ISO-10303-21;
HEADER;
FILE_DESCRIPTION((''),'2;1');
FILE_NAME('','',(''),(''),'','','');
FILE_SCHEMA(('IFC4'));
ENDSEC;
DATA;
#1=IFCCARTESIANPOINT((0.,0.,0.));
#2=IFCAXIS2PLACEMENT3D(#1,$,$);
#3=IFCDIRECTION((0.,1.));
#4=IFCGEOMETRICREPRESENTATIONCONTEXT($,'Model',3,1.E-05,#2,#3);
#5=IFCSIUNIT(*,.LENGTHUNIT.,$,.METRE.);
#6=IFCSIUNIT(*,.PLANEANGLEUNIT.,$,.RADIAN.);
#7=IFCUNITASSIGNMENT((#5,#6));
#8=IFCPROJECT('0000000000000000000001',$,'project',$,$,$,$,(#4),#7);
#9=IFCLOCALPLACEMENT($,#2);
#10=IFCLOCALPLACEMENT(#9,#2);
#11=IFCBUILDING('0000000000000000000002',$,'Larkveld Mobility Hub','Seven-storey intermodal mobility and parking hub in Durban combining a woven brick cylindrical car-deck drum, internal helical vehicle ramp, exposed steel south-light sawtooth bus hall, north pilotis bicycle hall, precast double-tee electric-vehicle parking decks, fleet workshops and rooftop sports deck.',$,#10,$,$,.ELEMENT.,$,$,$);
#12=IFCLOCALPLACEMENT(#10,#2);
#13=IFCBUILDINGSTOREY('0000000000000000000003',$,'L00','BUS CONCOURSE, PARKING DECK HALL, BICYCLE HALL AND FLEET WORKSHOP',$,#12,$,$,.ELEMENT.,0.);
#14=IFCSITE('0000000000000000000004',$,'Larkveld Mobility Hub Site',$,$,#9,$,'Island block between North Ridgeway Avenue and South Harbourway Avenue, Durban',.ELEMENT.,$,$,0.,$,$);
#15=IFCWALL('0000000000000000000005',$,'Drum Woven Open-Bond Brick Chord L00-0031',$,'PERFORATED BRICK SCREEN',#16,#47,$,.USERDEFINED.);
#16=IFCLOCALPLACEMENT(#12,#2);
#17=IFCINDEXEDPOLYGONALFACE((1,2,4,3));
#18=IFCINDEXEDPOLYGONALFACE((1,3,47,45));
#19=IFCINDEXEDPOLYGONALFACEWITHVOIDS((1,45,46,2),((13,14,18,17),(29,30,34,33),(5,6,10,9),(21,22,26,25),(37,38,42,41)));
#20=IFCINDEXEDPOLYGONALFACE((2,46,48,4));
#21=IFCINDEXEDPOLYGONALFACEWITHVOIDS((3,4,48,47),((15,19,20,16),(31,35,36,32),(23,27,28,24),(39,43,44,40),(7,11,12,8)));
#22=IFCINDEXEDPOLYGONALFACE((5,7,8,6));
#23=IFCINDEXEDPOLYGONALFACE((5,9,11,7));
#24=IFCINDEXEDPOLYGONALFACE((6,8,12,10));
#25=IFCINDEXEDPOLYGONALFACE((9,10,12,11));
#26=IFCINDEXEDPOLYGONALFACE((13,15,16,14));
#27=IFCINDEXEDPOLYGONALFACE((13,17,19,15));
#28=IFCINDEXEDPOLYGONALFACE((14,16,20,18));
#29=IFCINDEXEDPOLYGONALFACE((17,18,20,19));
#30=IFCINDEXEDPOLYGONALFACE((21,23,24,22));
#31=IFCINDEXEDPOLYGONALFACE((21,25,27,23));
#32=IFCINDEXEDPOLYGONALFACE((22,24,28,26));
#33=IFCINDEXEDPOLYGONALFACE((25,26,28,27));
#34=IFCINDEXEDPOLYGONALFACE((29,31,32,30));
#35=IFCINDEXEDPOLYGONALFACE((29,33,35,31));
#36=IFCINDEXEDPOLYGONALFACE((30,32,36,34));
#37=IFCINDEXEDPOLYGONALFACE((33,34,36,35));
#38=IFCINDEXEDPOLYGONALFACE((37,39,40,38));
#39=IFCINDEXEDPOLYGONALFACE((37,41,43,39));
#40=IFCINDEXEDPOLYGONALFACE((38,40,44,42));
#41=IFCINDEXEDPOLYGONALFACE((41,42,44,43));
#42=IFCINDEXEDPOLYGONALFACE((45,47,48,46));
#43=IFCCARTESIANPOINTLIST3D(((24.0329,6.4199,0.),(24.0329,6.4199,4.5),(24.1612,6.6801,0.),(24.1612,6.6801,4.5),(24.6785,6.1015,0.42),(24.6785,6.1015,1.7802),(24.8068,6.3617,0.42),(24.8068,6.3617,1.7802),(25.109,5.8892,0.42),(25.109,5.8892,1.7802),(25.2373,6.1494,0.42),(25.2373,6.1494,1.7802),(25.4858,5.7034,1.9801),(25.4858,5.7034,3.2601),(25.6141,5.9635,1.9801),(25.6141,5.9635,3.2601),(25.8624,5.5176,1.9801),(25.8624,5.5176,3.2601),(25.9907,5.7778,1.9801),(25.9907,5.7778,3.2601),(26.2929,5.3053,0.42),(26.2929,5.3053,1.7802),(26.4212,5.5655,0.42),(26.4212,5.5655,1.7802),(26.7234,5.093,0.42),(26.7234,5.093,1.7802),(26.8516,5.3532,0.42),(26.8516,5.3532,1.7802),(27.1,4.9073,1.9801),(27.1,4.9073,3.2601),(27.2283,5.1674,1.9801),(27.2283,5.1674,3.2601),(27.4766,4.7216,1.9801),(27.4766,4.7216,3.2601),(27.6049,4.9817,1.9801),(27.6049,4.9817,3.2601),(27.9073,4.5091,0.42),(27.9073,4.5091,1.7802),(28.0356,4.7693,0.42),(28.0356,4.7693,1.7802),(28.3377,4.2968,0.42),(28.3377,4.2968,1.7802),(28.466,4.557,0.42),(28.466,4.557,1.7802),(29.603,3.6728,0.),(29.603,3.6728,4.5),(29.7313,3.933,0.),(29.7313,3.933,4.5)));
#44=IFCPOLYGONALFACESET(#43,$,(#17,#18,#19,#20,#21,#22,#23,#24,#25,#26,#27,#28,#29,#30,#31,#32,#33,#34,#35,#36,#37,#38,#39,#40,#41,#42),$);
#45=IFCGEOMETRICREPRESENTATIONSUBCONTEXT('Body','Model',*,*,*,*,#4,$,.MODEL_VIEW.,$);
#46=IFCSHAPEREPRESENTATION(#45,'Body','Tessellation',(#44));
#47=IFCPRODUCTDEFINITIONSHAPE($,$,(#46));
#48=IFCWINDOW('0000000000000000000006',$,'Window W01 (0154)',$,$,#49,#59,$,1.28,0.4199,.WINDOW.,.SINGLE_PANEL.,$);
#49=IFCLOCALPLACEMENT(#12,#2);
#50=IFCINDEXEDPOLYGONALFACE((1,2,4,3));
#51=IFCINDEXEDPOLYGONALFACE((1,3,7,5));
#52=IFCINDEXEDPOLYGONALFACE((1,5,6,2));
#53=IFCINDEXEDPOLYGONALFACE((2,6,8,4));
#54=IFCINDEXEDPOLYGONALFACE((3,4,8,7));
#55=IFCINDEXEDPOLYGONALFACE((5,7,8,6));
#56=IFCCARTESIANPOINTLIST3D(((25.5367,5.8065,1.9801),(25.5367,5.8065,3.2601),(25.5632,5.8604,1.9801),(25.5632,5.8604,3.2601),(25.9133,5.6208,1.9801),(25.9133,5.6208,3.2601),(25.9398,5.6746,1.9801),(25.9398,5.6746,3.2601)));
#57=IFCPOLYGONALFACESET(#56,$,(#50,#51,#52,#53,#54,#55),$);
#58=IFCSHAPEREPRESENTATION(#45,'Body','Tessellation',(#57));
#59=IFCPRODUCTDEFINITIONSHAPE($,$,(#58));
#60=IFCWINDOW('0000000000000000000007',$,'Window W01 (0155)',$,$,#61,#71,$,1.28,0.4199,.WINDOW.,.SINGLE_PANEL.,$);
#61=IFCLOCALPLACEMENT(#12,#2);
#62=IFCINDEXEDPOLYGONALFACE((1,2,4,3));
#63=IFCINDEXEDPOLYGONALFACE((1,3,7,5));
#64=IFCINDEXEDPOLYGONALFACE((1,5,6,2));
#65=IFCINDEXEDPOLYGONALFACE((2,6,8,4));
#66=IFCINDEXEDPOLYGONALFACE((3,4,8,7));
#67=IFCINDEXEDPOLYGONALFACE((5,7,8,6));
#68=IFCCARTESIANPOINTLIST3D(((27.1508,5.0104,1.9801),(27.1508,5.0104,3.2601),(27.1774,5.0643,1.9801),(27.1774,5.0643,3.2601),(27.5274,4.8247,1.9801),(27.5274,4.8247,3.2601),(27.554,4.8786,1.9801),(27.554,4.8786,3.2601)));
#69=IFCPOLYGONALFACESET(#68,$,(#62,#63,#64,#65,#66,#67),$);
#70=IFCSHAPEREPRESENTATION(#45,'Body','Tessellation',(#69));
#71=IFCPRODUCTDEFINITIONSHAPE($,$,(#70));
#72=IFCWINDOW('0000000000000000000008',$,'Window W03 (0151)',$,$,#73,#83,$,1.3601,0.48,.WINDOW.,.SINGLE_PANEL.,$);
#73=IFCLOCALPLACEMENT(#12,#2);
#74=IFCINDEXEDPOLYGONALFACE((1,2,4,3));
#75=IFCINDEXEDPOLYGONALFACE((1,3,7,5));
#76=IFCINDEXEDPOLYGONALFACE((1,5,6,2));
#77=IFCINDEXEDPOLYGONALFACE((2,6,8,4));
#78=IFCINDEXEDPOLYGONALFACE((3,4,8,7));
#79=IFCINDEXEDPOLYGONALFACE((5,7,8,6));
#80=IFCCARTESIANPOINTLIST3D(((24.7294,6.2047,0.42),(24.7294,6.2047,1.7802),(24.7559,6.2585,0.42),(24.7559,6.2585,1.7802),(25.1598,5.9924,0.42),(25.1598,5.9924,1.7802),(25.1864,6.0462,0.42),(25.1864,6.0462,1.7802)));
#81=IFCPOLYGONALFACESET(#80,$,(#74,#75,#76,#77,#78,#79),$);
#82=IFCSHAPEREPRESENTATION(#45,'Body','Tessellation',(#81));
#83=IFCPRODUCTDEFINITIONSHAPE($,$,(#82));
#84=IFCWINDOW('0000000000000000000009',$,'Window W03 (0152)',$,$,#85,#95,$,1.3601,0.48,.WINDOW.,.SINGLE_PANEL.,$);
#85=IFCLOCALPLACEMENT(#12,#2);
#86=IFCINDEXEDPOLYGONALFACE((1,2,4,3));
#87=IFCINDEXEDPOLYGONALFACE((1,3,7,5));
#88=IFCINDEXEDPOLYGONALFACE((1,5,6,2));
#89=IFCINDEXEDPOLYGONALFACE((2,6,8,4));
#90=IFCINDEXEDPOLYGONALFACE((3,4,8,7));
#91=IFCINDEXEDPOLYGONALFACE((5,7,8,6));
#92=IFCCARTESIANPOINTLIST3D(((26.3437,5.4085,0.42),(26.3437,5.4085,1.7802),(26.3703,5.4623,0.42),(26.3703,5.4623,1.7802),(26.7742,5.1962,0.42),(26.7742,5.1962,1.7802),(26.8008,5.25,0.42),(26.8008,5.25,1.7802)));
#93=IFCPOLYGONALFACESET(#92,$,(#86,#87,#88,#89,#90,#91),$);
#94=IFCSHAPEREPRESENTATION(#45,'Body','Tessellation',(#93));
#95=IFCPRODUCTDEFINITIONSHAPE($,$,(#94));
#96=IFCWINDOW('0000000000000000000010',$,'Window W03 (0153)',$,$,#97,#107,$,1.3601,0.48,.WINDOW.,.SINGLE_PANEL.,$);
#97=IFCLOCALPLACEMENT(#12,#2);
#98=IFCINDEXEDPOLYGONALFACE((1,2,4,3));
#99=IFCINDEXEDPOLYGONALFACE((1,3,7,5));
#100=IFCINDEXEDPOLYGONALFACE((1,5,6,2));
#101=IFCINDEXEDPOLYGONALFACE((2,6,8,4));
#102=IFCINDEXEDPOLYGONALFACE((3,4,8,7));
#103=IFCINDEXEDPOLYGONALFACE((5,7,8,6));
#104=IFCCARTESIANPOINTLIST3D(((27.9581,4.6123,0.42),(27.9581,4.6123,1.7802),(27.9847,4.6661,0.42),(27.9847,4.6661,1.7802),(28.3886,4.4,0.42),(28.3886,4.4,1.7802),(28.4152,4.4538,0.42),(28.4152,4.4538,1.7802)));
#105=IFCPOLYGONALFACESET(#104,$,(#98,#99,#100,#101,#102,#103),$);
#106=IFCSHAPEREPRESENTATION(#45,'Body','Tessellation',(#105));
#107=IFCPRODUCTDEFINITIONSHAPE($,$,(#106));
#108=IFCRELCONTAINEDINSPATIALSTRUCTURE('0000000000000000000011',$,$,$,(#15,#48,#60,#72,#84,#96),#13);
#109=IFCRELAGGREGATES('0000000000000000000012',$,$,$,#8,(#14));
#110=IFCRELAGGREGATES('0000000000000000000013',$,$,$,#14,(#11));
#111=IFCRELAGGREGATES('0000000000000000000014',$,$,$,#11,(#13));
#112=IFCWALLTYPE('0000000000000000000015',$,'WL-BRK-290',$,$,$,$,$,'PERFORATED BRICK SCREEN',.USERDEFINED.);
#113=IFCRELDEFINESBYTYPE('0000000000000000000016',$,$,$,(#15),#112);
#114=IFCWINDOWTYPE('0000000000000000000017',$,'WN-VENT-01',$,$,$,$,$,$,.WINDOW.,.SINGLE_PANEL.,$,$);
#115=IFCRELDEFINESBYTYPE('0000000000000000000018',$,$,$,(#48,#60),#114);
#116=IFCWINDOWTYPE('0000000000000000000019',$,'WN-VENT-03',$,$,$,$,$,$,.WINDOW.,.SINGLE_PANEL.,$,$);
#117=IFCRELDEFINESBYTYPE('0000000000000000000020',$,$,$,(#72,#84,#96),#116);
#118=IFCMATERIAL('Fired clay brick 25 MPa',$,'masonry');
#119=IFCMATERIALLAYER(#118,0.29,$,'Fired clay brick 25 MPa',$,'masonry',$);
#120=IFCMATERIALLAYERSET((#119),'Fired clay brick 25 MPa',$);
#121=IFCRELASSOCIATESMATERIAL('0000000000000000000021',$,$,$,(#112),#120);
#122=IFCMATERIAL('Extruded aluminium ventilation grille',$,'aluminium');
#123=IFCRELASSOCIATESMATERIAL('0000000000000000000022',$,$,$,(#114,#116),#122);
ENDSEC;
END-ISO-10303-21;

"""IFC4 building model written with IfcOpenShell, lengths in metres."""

from ifc_helpers import new_model, si_unit, direction, frame, frame_2d, origin, place, context, subcontext, project, spatial, rectangle, extrude, material, layer, layer_set, type_object, element, fill, save


model = new_model("IFC4")

# Units and contexts
model_context = context("Model", 3, precision=1e-05, world=origin(), true_north=direction((0.0, 1.0)))
body_context = subcontext(model_context, "Body", "Model", "MODEL_VIEW")
ifc_project = project(units=[si_unit("LENGTHUNIT", "METRE"), si_unit("PLANEANGLEUNIT", "RADIAN")], contexts=[model_context])

# Site, building, storey
site_placement = place(None, origin())
site = spatial("IfcSite", under=ifc_project, at=site_placement, Name="Larkveld Mobility Hub Site", LongName="Island block between North Ridgeway Avenue and South Harbourway Avenue, Durban", CompositionType="ELEMENT", RefElevation=0.0)
building_placement = place(site_placement, origin())
building = spatial("IfcBuilding", under=site, at=building_placement, Name="Larkveld Mobility Hub", Description="Seven-storey intermodal mobility and parking hub in Durban combining a woven brick cylindrical car-deck drum, internal helical vehicle ramp, exposed steel south-light sawtooth bus hall, north pilotis bicycle hall, precast double-tee electric-vehicle parking decks, fleet workshops and rooftop sports deck.", CompositionType="ELEMENT")
storey_placement = place(building_placement, origin())
storey = spatial("IfcBuildingStorey", under=building, at=storey_placement, Name="L00", Description="BUS CONCOURSE, PARKING DECK HALL, BICYCLE HALL AND FLEET WORKSHOP", CompositionType="ELEMENT", Elevation=0.0)

# Wall, openings, windows
ifc_material_1 = material(Name="Fired clay brick 25 MPa", Category="masonry")
ifc_layer_1 = layer(ifc_material_1, 0.29, Name="Fired clay brick 25 MPa", Category="masonry")
ifc_layer_set_1 = layer_set([ifc_layer_1], Name="Fired clay brick 25 MPa")
wall_type_1 = type_object("IfcWallType", Name="WL-BRK-290", ElementType="PERFORATED BRICK SCREEN", PredefinedType="USERDEFINED", material=ifc_layer_set_1)
wall_1_placement = place(storey_placement, frame((24.0969, 6.55, 0.0), z_axis=(0.0, 0.0, 1.0), x_axis=(0.896859, -0.442317, 0.0)))
wall_1 = element("IfcWall", 1, at=wall_1_placement, inside=storey, type_object=wall_type_1, Name="Drum Woven Open-Bond Brick Chord L00-0031", ObjectType="PERFORATED BRICK SCREEN", PredefinedType="USERDEFINED", context=body_context, shape_type="SweptSolid", body=[
    extrude(rectangle(XDim=6.2107, YDim=0.29, at=frame_2d((3.1055, 0.0))), origin(), (0.0, 0.0, 1.0), 4.5),
])
opening_1_placement = place(wall_1_placement, frame((0.72, 0.0, 0.4199)))
opening_1 = element("IfcOpeningElement", 2, at=opening_1_placement, cuts=wall_1, PredefinedType="OPENING", context=body_context, shape_type="SweptSolid", body=[
    extrude(rectangle(XDim=0.48, YDim=1.3601, at=frame_2d((0.24, 0.6802))), frame((0.0, 0.155, 0.0), z_axis=(0.0, -1.0, 0.0), x_axis=(1.0, 0.0, 0.0)), (0.0, 0.0, 1.0), 0.3101),
])
opening_2_placement = place(wall_1_placement, frame((2.52, 0.0, 0.4199)))
opening_2 = element("IfcOpeningElement", 3, at=opening_2_placement, cuts=wall_1, PredefinedType="OPENING", context=body_context, shape_type="SweptSolid", body=[
    extrude(rectangle(XDim=0.48, YDim=1.3601, at=frame_2d((0.24, 0.6802))), frame((0.0, 0.155, 0.0), z_axis=(0.0, -1.0, 0.0), x_axis=(1.0, 0.0, 0.0)), (0.0, 0.0, 1.0), 0.3101),
])
opening_3_placement = place(wall_1_placement, frame((4.3201, 0.0, 0.4199)))
opening_3 = element("IfcOpeningElement", 4, at=opening_3_placement, cuts=wall_1, PredefinedType="OPENING", context=body_context, shape_type="SweptSolid", body=[
    extrude(rectangle(XDim=0.48, YDim=1.3601, at=frame_2d((0.24, 0.6802))), frame((0.0, 0.155, 0.0), z_axis=(0.0, -1.0, 0.0), x_axis=(1.0, 0.0, 0.0)), (0.0, 0.0, 1.0), 0.3101),
])
opening_4_placement = place(wall_1_placement, frame((1.6201, 0.0, 1.98)))
opening_4 = element("IfcOpeningElement", 5, at=opening_4_placement, cuts=wall_1, PredefinedType="OPENING", context=body_context, shape_type="SweptSolid", body=[
    extrude(rectangle(XDim=0.4199, YDim=1.28, at=frame_2d((0.21, 0.6401))), frame((0.0, 0.155, 0.0), z_axis=(0.0, -1.0, 0.0), x_axis=(1.0, 0.0, 0.0)), (0.0, 0.0, 1.0), 0.3101),
])
opening_5_placement = place(wall_1_placement, frame((3.4199, 0.0, 1.98)))
opening_5 = element("IfcOpeningElement", 6, at=opening_5_placement, cuts=wall_1, PredefinedType="OPENING", context=body_context, shape_type="SweptSolid", body=[
    extrude(rectangle(XDim=0.4199, YDim=1.28, at=frame_2d((0.21, 0.6401))), frame((0.0, 0.155, 0.0), z_axis=(0.0, -1.0, 0.0), x_axis=(1.0, 0.0, 0.0)), (0.0, 0.0, 1.0), 0.3101),
])
ifc_material_2 = material(Name="Extruded aluminium ventilation grille", Category="aluminium")
window_type_1 = type_object("IfcWindowType", Name="WN-VENT-01", PartitioningType="SINGLE_PANEL", PredefinedType="WINDOW", material=ifc_material_2)
window_1_placement = place(opening_4_placement, origin())
window_1 = element("IfcWindow", 7, at=window_1_placement, inside=storey, type_object=window_type_1, Name="Window W01 (0154)", OverallHeight=1.28, OverallWidth=0.4199, PartitioningType="SINGLE_PANEL", PredefinedType="WINDOW", context=body_context, shape_type="SweptSolid", body=[
    extrude(rectangle(XDim=0.4199, YDim=1.28, at=frame_2d((0.21, 0.6401))), frame((0.0, 0.03, 0.0), z_axis=(0.0, -1.0, 0.0), x_axis=(1.0, 0.0, 0.0)), (0.0, 0.0, 1.0), 0.0601),
])
fill(opening_4, window_1)
window_2_placement = place(opening_5_placement, origin())
window_2 = element("IfcWindow", 8, at=window_2_placement, inside=storey, type_object=window_type_1, Name="Window W01 (0155)", OverallHeight=1.28, OverallWidth=0.4199, PartitioningType="SINGLE_PANEL", PredefinedType="WINDOW", context=body_context, shape_type="SweptSolid", body=[
    extrude(rectangle(XDim=0.4199, YDim=1.28, at=frame_2d((0.21, 0.6401))), frame((0.0, 0.03, 0.0), z_axis=(0.0, -1.0, 0.0), x_axis=(1.0, 0.0, 0.0)), (0.0, 0.0, 1.0), 0.0601),
])
fill(opening_5, window_2)
window_type_2 = type_object("IfcWindowType", Name="WN-VENT-03", PartitioningType="SINGLE_PANEL", PredefinedType="WINDOW", material=ifc_material_2)
window_3_placement = place(opening_1_placement, origin())
window_3 = element("IfcWindow", 9, at=window_3_placement, inside=storey, type_object=window_type_2, Name="Window W03 (0151)", OverallHeight=1.3601, OverallWidth=0.48, PartitioningType="SINGLE_PANEL", PredefinedType="WINDOW", context=body_context, shape_type="SweptSolid", body=[
    extrude(rectangle(XDim=0.48, YDim=1.3601, at=frame_2d((0.24, 0.6802))), frame((0.0, 0.03, 0.0), z_axis=(0.0, -1.0, 0.0), x_axis=(1.0, 0.0, 0.0)), (0.0, 0.0, 1.0), 0.0601),
])
fill(opening_1, window_3)
window_4_placement = place(opening_2_placement, origin())
window_4 = element("IfcWindow", 10, at=window_4_placement, inside=storey, type_object=window_type_2, Name="Window W03 (0152)", OverallHeight=1.3601, OverallWidth=0.48, PartitioningType="SINGLE_PANEL", PredefinedType="WINDOW", context=body_context, shape_type="SweptSolid", body=[
    extrude(rectangle(XDim=0.48, YDim=1.3601, at=frame_2d((0.24, 0.6802))), frame((0.0, 0.03, 0.0), z_axis=(0.0, -1.0, 0.0), x_axis=(1.0, 0.0, 0.0)), (0.0, 0.0, 1.0), 0.0601),
])
fill(opening_2, window_4)
window_5_placement = place(opening_3_placement, origin())
window_5 = element("IfcWindow", 11, at=window_5_placement, inside=storey, type_object=window_type_2, Name="Window W03 (0153)", OverallHeight=1.3601, OverallWidth=0.48, PartitioningType="SINGLE_PANEL", PredefinedType="WINDOW", context=body_context, shape_type="SweptSolid", body=[
    extrude(rectangle(XDim=0.48, YDim=1.3601, at=frame_2d((0.24, 0.6802))), frame((0.0, 0.03, 0.0), z_axis=(0.0, -1.0, 0.0), x_axis=(1.0, 0.0, 0.0)), (0.0, 0.0, 1.0), 0.0601),
])
fill(opening_3, window_5)

save(model, "model.ifc")
